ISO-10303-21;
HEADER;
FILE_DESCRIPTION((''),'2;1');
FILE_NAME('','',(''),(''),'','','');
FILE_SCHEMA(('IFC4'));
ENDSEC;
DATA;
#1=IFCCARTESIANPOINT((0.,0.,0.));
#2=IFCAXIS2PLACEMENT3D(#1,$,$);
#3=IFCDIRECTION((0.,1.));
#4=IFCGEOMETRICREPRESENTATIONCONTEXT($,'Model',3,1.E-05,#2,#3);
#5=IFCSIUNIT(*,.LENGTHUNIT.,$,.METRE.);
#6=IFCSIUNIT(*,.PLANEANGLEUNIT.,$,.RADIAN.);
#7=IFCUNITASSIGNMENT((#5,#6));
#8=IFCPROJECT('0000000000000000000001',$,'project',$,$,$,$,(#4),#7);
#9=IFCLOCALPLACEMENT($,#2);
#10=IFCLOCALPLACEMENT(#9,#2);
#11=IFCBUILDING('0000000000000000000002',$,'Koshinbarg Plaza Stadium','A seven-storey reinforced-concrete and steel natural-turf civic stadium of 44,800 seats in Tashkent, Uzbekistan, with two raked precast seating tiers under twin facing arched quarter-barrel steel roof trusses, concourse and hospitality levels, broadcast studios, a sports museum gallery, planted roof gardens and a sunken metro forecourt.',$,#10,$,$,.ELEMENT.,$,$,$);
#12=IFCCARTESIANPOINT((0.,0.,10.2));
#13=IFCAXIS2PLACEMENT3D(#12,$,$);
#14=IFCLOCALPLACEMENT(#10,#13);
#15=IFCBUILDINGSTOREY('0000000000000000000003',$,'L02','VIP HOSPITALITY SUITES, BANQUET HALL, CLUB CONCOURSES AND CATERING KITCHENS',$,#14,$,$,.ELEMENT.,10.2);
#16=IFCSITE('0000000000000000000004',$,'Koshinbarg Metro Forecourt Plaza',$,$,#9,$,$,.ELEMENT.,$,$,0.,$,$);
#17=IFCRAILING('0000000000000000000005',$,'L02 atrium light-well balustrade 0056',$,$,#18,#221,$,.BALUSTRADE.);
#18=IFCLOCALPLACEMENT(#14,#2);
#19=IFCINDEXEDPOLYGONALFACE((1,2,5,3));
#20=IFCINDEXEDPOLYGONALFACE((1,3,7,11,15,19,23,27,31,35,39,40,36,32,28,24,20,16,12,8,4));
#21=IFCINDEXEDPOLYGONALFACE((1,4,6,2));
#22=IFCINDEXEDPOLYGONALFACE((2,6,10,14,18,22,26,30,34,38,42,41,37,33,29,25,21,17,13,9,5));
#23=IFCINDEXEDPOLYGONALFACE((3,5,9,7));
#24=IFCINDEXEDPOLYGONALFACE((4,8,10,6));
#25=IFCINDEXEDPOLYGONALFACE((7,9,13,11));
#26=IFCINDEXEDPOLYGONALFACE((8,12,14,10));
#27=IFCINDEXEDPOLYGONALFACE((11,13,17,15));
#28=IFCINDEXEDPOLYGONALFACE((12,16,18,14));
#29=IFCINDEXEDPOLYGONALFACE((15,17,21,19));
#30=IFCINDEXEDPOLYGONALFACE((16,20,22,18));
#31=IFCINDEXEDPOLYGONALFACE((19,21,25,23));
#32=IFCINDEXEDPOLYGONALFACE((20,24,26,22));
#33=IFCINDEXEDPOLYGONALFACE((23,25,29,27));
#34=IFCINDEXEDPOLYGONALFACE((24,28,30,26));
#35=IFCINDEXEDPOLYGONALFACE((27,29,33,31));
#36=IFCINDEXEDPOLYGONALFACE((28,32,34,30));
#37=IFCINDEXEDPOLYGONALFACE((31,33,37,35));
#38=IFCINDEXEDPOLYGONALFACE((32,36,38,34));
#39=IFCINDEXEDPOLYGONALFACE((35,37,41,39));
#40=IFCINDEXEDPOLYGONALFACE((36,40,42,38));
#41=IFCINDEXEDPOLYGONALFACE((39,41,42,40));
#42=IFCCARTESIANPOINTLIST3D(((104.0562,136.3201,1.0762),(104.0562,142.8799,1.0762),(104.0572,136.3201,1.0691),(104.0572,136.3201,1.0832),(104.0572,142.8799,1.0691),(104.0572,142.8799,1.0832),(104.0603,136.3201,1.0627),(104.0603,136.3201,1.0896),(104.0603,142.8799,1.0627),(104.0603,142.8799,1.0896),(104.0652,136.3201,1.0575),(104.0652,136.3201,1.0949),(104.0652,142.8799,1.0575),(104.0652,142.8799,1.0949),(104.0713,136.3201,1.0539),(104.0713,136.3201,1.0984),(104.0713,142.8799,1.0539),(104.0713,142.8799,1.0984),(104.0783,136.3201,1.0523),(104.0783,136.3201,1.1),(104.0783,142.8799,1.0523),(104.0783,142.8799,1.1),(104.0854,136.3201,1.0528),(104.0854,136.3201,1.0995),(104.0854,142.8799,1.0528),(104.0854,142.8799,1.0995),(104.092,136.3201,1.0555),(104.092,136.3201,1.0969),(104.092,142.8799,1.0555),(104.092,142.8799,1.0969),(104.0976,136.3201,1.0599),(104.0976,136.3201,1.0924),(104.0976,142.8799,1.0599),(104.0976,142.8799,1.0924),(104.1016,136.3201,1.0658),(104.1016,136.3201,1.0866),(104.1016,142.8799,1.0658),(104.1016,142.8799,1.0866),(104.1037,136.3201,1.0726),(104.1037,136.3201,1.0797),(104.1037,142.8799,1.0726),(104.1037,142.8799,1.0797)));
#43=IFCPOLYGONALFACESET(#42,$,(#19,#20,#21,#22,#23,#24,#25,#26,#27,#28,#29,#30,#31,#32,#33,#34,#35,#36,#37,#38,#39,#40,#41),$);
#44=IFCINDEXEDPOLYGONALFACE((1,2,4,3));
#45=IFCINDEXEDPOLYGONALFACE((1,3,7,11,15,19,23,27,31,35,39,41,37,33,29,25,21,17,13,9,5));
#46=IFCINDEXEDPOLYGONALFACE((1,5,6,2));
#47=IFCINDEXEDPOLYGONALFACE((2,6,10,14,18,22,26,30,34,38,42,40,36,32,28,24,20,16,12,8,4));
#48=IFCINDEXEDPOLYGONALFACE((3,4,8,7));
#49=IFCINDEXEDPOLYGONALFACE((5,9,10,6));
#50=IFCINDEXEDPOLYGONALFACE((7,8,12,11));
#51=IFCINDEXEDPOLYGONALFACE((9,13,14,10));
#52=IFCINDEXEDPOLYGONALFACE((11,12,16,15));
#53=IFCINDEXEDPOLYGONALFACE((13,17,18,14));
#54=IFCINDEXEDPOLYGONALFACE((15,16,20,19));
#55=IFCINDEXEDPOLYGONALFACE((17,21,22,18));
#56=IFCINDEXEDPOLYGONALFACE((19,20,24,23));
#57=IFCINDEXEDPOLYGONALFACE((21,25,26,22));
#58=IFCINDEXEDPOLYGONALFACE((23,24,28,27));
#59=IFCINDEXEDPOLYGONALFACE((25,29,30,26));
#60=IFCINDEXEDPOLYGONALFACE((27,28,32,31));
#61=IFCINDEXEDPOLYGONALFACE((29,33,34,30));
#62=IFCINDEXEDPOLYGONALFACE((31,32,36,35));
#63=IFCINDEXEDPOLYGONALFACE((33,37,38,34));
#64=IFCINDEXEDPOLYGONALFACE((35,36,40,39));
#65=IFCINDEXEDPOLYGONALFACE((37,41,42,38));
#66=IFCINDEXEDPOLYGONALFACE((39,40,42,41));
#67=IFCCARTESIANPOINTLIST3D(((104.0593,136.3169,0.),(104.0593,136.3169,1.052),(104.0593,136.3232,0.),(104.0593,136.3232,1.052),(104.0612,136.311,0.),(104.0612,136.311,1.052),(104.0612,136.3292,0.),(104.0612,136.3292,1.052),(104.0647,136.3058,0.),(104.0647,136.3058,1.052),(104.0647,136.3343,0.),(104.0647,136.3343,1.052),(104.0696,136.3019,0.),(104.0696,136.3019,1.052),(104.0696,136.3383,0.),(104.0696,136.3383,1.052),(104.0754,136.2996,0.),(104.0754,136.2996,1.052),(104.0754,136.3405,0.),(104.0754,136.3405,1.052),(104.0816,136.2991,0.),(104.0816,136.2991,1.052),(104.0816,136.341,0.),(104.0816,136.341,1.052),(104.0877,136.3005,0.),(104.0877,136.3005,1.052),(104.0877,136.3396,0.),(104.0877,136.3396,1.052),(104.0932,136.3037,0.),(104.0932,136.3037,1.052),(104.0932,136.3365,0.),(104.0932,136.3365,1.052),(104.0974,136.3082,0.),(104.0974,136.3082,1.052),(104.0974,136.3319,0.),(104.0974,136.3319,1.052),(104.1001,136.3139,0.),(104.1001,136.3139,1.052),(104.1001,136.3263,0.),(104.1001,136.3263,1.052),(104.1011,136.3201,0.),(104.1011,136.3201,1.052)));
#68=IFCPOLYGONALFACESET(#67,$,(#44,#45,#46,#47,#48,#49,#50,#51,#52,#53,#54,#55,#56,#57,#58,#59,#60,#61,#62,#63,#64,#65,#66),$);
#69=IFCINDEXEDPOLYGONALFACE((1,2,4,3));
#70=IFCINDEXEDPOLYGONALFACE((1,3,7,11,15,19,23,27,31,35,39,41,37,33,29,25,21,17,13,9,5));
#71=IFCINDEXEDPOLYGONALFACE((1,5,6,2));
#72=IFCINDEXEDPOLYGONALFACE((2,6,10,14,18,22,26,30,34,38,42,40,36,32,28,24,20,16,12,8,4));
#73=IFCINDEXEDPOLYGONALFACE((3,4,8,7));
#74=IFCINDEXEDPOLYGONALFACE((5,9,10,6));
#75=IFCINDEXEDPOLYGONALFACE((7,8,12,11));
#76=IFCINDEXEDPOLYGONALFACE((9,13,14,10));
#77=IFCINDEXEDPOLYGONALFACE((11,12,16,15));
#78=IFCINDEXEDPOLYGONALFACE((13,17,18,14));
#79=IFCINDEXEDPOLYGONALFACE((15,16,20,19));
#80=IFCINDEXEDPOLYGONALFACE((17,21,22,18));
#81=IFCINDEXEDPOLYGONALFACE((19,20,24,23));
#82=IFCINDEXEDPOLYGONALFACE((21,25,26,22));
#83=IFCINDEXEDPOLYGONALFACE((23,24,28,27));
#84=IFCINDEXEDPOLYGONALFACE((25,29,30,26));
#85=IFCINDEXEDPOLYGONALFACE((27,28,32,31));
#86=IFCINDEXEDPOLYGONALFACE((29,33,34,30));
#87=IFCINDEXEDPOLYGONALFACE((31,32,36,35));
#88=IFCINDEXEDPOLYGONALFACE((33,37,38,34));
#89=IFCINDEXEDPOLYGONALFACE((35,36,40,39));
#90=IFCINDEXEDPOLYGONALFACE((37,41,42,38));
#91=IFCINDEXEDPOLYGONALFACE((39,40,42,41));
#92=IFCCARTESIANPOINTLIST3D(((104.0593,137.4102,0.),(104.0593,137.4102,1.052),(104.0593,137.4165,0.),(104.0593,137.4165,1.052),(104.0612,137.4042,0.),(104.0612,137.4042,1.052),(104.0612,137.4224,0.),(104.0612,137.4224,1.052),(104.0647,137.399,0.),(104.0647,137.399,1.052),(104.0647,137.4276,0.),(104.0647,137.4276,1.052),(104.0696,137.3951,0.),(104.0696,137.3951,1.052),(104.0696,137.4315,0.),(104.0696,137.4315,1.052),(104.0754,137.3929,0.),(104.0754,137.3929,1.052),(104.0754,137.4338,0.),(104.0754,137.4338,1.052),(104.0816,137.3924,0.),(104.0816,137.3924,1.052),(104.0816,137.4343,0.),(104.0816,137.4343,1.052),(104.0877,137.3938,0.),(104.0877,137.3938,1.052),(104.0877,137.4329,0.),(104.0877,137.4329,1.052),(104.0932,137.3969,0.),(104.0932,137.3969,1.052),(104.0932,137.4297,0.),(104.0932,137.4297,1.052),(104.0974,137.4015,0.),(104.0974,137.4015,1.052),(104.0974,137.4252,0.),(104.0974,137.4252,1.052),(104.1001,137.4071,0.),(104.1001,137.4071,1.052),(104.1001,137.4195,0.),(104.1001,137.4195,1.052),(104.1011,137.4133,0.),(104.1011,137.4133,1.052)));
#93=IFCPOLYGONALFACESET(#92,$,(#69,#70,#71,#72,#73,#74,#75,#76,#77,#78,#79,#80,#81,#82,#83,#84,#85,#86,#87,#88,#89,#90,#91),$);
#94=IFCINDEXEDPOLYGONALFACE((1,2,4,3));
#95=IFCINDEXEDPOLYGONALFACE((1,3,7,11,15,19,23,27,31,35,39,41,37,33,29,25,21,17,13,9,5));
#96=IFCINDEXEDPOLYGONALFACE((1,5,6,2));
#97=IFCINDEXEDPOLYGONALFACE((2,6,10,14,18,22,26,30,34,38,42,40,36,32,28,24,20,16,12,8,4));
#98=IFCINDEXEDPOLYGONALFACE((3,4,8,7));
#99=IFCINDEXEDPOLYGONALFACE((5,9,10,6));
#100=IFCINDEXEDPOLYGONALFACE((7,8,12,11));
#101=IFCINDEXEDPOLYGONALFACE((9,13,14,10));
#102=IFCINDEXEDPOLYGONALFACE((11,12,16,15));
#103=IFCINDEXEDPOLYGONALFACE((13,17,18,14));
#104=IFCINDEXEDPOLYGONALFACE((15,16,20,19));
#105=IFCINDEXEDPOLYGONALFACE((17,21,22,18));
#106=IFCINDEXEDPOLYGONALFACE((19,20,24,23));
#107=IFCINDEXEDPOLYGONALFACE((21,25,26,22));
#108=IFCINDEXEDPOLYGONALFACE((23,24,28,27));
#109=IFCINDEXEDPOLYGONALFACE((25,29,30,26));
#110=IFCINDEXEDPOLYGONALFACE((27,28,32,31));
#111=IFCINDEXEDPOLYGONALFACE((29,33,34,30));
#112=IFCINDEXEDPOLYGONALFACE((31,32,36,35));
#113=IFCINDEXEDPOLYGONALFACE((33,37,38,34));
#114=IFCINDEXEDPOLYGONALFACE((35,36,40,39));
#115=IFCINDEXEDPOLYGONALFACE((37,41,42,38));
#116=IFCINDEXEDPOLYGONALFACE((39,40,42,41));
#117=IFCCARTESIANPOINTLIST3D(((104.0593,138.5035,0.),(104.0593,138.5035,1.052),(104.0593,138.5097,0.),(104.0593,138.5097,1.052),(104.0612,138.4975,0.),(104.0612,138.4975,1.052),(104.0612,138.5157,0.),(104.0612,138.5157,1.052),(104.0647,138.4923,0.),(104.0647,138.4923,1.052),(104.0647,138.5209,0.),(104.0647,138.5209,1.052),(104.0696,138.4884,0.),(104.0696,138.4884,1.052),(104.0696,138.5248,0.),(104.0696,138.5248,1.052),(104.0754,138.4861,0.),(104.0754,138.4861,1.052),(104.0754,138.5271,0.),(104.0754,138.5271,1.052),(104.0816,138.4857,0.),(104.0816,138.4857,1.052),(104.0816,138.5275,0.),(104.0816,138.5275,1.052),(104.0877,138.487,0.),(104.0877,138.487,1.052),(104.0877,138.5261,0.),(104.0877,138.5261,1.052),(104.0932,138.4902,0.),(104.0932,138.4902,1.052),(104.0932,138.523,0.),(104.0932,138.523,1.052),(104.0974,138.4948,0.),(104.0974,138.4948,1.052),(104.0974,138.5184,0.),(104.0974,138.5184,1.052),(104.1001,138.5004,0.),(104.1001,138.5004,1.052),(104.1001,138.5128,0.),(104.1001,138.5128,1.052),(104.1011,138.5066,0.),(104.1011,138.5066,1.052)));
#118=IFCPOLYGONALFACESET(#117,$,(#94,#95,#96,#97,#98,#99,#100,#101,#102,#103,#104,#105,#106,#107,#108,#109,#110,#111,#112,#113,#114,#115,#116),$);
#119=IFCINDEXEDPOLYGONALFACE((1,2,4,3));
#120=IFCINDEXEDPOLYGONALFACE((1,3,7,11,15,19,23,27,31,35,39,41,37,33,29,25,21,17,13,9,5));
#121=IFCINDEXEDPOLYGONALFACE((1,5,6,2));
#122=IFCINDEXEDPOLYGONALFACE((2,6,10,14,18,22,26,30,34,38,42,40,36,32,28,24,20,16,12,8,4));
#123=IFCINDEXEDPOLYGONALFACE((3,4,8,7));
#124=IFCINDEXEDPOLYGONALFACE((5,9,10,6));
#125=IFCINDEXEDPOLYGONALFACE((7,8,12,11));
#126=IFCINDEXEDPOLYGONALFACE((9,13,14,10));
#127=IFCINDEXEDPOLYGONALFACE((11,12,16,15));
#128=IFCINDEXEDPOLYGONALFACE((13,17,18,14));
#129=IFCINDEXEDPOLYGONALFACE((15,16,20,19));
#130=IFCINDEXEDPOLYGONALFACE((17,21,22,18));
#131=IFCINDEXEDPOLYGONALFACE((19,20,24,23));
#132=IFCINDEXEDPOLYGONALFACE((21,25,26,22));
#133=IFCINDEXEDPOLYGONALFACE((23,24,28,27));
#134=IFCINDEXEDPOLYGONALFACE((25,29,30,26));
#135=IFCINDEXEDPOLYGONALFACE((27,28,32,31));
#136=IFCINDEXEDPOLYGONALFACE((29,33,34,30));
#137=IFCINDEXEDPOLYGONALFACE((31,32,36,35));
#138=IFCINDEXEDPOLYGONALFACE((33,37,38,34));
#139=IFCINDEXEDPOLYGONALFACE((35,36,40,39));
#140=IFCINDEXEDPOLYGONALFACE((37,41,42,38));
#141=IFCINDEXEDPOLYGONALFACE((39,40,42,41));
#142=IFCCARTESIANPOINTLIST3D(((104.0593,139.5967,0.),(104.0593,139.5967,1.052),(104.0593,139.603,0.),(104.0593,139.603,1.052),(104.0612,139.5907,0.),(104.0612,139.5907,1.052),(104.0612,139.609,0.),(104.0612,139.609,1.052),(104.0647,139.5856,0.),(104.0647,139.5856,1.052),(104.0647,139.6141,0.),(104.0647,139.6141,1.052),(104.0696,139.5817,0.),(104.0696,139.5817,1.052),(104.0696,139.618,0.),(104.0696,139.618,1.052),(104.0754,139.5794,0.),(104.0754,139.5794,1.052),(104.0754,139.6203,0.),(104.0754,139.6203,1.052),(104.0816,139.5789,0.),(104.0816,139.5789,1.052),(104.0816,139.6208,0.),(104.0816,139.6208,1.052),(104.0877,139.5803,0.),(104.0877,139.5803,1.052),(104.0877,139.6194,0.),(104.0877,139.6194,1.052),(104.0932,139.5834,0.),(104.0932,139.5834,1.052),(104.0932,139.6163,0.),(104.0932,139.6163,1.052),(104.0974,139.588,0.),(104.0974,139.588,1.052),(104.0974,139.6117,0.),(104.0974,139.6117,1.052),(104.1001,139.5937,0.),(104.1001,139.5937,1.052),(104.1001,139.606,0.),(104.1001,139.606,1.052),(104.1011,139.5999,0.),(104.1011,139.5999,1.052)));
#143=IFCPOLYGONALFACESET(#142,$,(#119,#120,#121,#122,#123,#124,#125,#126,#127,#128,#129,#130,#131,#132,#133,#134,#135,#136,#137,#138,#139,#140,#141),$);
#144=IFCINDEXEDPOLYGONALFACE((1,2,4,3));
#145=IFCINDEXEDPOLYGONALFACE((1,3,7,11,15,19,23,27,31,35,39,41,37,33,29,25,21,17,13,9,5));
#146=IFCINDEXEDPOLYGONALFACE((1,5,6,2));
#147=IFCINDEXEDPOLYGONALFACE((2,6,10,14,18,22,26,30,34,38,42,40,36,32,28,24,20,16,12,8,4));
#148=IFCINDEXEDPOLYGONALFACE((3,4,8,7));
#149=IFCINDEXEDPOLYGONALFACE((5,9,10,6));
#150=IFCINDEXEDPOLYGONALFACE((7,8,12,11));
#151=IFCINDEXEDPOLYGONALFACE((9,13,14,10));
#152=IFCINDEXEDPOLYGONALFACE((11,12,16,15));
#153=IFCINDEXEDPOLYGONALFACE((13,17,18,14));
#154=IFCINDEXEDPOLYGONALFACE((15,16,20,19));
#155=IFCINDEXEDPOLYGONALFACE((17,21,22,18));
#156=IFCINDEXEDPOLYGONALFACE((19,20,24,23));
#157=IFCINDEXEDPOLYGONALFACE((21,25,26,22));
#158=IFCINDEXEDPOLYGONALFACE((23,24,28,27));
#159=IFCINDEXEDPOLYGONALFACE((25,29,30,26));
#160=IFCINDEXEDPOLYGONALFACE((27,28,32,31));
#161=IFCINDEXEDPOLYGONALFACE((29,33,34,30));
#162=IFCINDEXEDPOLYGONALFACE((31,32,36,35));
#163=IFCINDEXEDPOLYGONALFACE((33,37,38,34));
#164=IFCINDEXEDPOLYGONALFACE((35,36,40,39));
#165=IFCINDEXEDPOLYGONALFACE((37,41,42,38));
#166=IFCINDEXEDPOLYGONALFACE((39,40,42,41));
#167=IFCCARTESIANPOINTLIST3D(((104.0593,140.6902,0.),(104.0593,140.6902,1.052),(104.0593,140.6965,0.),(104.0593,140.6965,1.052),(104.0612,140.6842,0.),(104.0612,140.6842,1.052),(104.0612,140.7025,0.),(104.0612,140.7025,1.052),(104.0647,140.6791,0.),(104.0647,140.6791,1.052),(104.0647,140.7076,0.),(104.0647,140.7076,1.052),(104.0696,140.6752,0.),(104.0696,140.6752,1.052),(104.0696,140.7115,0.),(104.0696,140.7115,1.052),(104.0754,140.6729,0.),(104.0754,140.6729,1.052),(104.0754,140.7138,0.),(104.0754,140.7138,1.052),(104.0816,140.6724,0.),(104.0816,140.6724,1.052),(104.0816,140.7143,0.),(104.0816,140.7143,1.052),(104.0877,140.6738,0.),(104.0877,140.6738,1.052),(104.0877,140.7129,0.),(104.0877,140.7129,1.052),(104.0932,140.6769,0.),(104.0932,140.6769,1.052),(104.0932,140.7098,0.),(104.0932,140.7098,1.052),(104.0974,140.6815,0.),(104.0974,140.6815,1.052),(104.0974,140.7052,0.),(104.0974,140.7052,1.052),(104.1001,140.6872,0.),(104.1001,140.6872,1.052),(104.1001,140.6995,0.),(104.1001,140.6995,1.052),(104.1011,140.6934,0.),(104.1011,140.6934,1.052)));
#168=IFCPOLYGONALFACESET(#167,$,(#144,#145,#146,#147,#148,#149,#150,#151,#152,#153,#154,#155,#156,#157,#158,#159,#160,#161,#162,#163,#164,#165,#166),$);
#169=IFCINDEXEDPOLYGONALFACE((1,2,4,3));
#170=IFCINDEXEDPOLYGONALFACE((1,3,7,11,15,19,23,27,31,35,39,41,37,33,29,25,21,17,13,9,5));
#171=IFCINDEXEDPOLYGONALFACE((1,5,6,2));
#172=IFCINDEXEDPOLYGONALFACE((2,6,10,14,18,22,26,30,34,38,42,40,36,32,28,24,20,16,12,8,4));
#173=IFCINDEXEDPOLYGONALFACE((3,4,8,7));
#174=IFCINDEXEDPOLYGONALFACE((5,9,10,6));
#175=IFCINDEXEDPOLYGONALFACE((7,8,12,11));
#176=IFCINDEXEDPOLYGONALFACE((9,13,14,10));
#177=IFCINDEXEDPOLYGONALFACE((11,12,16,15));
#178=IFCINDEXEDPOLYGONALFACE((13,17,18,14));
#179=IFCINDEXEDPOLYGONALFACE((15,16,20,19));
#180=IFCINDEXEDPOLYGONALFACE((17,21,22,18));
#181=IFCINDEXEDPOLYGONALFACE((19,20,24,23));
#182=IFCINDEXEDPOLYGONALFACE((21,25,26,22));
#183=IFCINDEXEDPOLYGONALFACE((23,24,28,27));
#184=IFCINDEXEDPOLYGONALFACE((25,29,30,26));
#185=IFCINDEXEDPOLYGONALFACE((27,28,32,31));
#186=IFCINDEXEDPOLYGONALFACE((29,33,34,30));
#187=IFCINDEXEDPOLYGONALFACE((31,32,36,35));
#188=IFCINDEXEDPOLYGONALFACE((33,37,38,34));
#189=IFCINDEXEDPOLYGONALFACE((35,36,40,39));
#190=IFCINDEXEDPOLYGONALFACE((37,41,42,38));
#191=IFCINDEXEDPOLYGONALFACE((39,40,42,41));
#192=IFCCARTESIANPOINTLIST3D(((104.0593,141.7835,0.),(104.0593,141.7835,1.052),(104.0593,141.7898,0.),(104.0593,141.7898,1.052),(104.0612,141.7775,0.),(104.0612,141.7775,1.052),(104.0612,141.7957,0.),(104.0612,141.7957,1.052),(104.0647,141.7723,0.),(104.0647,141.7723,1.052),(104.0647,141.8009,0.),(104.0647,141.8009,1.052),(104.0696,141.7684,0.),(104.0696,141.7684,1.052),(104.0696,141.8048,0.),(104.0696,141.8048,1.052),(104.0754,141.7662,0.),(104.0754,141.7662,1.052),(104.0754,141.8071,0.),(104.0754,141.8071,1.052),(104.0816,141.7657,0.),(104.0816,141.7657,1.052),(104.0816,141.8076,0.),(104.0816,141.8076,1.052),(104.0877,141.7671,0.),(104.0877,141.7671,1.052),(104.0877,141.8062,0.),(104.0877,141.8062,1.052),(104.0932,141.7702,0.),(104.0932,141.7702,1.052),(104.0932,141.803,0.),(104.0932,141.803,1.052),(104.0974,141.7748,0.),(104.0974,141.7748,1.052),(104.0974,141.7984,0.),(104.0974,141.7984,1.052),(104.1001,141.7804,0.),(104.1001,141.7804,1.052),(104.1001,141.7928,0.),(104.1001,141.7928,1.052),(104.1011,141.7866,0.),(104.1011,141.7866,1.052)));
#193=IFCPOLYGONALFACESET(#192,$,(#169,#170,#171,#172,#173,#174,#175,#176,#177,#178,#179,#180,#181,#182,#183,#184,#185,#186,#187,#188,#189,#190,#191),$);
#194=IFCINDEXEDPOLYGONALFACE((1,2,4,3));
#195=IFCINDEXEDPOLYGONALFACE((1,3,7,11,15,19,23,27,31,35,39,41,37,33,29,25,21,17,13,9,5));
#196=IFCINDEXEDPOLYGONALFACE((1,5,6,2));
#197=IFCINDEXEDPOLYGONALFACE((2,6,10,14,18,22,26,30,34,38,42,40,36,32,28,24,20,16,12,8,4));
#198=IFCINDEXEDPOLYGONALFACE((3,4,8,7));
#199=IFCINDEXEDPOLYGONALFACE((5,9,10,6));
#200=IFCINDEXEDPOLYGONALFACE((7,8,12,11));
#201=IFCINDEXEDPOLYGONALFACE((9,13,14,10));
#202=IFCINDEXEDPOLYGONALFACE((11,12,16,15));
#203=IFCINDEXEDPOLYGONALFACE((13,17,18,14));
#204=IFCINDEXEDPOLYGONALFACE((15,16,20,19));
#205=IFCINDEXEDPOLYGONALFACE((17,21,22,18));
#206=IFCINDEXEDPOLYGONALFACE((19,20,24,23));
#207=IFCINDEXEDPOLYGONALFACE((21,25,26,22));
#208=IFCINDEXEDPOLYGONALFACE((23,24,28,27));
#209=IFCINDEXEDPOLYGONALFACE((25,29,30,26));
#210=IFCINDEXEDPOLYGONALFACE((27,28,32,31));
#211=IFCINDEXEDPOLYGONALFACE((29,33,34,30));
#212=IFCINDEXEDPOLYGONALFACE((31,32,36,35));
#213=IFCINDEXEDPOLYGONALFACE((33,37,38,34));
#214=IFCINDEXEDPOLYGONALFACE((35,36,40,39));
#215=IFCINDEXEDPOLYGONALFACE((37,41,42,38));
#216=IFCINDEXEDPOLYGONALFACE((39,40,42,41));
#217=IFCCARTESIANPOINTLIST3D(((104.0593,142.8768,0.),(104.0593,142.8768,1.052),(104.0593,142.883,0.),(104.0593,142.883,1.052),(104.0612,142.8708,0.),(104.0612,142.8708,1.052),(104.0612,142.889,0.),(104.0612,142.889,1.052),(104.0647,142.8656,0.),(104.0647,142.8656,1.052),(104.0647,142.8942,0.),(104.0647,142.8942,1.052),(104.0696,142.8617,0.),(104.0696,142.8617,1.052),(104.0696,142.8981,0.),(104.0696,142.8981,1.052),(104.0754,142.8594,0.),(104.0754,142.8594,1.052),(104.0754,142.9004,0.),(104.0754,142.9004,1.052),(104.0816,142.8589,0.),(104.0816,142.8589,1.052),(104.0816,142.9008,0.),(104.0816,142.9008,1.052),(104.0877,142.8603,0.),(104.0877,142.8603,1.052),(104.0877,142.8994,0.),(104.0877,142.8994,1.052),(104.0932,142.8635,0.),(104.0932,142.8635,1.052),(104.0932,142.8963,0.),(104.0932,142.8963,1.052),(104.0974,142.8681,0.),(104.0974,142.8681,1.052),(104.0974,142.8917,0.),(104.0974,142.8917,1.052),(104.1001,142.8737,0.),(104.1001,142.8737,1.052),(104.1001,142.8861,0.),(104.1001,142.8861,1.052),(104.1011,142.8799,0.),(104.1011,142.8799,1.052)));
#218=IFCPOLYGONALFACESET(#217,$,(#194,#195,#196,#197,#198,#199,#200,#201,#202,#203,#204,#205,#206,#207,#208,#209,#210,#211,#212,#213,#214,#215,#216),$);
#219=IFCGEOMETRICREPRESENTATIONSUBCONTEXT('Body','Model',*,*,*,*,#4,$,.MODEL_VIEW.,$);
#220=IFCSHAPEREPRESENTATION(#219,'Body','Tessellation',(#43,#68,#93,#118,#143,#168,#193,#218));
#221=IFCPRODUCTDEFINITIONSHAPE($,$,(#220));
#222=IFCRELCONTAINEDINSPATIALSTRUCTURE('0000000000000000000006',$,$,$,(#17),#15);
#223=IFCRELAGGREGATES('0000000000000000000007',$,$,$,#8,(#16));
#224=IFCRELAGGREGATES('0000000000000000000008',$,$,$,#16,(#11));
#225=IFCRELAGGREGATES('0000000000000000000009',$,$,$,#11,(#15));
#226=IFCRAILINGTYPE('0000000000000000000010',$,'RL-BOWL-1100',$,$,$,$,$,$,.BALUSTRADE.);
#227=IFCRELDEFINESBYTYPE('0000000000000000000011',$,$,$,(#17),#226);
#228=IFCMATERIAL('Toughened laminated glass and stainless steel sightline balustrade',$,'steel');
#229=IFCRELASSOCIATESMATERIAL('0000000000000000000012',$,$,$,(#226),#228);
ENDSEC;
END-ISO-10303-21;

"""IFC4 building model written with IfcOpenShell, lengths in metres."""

from ifc_helpers import new_model, si_unit, direction, frame, origin, origin_2d, place, context, subcontext, project, spatial, circle, extrude, material, type_object, element, save


model = new_model("IFC4")

# Units and contexts
model_context = context("Model", 3, precision=1e-05, world=origin(), true_north=direction((0.0, 1.0)))
body_context = subcontext(model_context, "Body", "Model", "MODEL_VIEW")
ifc_project = project(units=[si_unit("LENGTHUNIT", "METRE"), si_unit("PLANEANGLEUNIT", "RADIAN")], contexts=[model_context])

# Site, building, storey
site_placement = place(None, origin())
site = spatial("IfcSite", under=ifc_project, at=site_placement, Name="Koshinbarg Metro Forecourt Plaza", CompositionType="ELEMENT", RefElevation=0.0)
building_placement = place(site_placement, origin())
building = spatial("IfcBuilding", under=site, at=building_placement, Name="Koshinbarg Plaza Stadium", Description="A seven-storey reinforced-concrete and steel natural-turf civic stadium of 44,800 seats in Tashkent, Uzbekistan, with two raked precast seating tiers under twin facing arched quarter-barrel steel roof trusses, concourse and hospitality levels, broadcast studios, a sports museum gallery, planted roof gardens and a sunken metro forecourt.", CompositionType="ELEMENT")
storey_placement = place(building_placement, frame((0.0, 0.0, 10.2)))
storey = spatial("IfcBuildingStorey", under=building, at=storey_placement, Name="L02", Description="VIP HOSPITALITY SUITES, BANQUET HALL, CLUB CONCOURSES AND CATERING KITCHENS", CompositionType="ELEMENT", Elevation=10.2)

# Railing
ifc_material_1 = material(Name="Toughened laminated glass and stainless steel sightline balustrade", Category="steel")
railing_type = type_object("IfcRailingType", Name="RL-BOWL-1100", PredefinedType="BALUSTRADE", material=ifc_material_1)
railing_1_placement = place(storey_placement, frame((104.0801, 136.3201, 0.0)))
element("IfcRailing", 1, at=railing_1_placement, inside=storey, type_object=railing_type, Name="L02 atrium light-well balustrade 0056", PredefinedType="BALUSTRADE", context=body_context, shape_type="SweptSolid", body=[
    extrude(circle(Radius=0.0239, at=origin_2d()), frame((0.0, 0.0, 1.0762), z_axis=(0.0, 1.0, 0.0), x_axis=(-1.0, 0.0, 0.0)), (0.0, 0.0, 1.0), 6.5598),
    extrude(circle(Radius=0.021, at=origin_2d()), origin(), (0.0, 0.0, 1.0), 1.052),
    extrude(circle(Radius=0.021, at=origin_2d()), frame((0.0, 1.0933, 0.0)), (0.0, 0.0, 1.0), 1.052),
    extrude(circle(Radius=0.021, at=origin_2d()), frame((0.0, 2.1865, 0.0)), (0.0, 0.0, 1.0), 1.052),
    extrude(circle(Radius=0.021, at=origin_2d()), frame((0.0, 3.2798, 0.0)), (0.0, 0.0, 1.0), 1.052),
    extrude(circle(Radius=0.021, at=origin_2d()), frame((0.0, 4.3733, 0.0)), (0.0, 0.0, 1.0), 1.052),
    extrude(circle(Radius=0.021, at=origin_2d()), frame((0.0, 5.4666, 0.0)), (0.0, 0.0, 1.0), 1.052),
    extrude(circle(Radius=0.021, at=origin_2d()), frame((0.0, 6.5598, 0.0)), (0.0, 0.0, 1.0), 1.052),
])

save(model, "model.ifc")
